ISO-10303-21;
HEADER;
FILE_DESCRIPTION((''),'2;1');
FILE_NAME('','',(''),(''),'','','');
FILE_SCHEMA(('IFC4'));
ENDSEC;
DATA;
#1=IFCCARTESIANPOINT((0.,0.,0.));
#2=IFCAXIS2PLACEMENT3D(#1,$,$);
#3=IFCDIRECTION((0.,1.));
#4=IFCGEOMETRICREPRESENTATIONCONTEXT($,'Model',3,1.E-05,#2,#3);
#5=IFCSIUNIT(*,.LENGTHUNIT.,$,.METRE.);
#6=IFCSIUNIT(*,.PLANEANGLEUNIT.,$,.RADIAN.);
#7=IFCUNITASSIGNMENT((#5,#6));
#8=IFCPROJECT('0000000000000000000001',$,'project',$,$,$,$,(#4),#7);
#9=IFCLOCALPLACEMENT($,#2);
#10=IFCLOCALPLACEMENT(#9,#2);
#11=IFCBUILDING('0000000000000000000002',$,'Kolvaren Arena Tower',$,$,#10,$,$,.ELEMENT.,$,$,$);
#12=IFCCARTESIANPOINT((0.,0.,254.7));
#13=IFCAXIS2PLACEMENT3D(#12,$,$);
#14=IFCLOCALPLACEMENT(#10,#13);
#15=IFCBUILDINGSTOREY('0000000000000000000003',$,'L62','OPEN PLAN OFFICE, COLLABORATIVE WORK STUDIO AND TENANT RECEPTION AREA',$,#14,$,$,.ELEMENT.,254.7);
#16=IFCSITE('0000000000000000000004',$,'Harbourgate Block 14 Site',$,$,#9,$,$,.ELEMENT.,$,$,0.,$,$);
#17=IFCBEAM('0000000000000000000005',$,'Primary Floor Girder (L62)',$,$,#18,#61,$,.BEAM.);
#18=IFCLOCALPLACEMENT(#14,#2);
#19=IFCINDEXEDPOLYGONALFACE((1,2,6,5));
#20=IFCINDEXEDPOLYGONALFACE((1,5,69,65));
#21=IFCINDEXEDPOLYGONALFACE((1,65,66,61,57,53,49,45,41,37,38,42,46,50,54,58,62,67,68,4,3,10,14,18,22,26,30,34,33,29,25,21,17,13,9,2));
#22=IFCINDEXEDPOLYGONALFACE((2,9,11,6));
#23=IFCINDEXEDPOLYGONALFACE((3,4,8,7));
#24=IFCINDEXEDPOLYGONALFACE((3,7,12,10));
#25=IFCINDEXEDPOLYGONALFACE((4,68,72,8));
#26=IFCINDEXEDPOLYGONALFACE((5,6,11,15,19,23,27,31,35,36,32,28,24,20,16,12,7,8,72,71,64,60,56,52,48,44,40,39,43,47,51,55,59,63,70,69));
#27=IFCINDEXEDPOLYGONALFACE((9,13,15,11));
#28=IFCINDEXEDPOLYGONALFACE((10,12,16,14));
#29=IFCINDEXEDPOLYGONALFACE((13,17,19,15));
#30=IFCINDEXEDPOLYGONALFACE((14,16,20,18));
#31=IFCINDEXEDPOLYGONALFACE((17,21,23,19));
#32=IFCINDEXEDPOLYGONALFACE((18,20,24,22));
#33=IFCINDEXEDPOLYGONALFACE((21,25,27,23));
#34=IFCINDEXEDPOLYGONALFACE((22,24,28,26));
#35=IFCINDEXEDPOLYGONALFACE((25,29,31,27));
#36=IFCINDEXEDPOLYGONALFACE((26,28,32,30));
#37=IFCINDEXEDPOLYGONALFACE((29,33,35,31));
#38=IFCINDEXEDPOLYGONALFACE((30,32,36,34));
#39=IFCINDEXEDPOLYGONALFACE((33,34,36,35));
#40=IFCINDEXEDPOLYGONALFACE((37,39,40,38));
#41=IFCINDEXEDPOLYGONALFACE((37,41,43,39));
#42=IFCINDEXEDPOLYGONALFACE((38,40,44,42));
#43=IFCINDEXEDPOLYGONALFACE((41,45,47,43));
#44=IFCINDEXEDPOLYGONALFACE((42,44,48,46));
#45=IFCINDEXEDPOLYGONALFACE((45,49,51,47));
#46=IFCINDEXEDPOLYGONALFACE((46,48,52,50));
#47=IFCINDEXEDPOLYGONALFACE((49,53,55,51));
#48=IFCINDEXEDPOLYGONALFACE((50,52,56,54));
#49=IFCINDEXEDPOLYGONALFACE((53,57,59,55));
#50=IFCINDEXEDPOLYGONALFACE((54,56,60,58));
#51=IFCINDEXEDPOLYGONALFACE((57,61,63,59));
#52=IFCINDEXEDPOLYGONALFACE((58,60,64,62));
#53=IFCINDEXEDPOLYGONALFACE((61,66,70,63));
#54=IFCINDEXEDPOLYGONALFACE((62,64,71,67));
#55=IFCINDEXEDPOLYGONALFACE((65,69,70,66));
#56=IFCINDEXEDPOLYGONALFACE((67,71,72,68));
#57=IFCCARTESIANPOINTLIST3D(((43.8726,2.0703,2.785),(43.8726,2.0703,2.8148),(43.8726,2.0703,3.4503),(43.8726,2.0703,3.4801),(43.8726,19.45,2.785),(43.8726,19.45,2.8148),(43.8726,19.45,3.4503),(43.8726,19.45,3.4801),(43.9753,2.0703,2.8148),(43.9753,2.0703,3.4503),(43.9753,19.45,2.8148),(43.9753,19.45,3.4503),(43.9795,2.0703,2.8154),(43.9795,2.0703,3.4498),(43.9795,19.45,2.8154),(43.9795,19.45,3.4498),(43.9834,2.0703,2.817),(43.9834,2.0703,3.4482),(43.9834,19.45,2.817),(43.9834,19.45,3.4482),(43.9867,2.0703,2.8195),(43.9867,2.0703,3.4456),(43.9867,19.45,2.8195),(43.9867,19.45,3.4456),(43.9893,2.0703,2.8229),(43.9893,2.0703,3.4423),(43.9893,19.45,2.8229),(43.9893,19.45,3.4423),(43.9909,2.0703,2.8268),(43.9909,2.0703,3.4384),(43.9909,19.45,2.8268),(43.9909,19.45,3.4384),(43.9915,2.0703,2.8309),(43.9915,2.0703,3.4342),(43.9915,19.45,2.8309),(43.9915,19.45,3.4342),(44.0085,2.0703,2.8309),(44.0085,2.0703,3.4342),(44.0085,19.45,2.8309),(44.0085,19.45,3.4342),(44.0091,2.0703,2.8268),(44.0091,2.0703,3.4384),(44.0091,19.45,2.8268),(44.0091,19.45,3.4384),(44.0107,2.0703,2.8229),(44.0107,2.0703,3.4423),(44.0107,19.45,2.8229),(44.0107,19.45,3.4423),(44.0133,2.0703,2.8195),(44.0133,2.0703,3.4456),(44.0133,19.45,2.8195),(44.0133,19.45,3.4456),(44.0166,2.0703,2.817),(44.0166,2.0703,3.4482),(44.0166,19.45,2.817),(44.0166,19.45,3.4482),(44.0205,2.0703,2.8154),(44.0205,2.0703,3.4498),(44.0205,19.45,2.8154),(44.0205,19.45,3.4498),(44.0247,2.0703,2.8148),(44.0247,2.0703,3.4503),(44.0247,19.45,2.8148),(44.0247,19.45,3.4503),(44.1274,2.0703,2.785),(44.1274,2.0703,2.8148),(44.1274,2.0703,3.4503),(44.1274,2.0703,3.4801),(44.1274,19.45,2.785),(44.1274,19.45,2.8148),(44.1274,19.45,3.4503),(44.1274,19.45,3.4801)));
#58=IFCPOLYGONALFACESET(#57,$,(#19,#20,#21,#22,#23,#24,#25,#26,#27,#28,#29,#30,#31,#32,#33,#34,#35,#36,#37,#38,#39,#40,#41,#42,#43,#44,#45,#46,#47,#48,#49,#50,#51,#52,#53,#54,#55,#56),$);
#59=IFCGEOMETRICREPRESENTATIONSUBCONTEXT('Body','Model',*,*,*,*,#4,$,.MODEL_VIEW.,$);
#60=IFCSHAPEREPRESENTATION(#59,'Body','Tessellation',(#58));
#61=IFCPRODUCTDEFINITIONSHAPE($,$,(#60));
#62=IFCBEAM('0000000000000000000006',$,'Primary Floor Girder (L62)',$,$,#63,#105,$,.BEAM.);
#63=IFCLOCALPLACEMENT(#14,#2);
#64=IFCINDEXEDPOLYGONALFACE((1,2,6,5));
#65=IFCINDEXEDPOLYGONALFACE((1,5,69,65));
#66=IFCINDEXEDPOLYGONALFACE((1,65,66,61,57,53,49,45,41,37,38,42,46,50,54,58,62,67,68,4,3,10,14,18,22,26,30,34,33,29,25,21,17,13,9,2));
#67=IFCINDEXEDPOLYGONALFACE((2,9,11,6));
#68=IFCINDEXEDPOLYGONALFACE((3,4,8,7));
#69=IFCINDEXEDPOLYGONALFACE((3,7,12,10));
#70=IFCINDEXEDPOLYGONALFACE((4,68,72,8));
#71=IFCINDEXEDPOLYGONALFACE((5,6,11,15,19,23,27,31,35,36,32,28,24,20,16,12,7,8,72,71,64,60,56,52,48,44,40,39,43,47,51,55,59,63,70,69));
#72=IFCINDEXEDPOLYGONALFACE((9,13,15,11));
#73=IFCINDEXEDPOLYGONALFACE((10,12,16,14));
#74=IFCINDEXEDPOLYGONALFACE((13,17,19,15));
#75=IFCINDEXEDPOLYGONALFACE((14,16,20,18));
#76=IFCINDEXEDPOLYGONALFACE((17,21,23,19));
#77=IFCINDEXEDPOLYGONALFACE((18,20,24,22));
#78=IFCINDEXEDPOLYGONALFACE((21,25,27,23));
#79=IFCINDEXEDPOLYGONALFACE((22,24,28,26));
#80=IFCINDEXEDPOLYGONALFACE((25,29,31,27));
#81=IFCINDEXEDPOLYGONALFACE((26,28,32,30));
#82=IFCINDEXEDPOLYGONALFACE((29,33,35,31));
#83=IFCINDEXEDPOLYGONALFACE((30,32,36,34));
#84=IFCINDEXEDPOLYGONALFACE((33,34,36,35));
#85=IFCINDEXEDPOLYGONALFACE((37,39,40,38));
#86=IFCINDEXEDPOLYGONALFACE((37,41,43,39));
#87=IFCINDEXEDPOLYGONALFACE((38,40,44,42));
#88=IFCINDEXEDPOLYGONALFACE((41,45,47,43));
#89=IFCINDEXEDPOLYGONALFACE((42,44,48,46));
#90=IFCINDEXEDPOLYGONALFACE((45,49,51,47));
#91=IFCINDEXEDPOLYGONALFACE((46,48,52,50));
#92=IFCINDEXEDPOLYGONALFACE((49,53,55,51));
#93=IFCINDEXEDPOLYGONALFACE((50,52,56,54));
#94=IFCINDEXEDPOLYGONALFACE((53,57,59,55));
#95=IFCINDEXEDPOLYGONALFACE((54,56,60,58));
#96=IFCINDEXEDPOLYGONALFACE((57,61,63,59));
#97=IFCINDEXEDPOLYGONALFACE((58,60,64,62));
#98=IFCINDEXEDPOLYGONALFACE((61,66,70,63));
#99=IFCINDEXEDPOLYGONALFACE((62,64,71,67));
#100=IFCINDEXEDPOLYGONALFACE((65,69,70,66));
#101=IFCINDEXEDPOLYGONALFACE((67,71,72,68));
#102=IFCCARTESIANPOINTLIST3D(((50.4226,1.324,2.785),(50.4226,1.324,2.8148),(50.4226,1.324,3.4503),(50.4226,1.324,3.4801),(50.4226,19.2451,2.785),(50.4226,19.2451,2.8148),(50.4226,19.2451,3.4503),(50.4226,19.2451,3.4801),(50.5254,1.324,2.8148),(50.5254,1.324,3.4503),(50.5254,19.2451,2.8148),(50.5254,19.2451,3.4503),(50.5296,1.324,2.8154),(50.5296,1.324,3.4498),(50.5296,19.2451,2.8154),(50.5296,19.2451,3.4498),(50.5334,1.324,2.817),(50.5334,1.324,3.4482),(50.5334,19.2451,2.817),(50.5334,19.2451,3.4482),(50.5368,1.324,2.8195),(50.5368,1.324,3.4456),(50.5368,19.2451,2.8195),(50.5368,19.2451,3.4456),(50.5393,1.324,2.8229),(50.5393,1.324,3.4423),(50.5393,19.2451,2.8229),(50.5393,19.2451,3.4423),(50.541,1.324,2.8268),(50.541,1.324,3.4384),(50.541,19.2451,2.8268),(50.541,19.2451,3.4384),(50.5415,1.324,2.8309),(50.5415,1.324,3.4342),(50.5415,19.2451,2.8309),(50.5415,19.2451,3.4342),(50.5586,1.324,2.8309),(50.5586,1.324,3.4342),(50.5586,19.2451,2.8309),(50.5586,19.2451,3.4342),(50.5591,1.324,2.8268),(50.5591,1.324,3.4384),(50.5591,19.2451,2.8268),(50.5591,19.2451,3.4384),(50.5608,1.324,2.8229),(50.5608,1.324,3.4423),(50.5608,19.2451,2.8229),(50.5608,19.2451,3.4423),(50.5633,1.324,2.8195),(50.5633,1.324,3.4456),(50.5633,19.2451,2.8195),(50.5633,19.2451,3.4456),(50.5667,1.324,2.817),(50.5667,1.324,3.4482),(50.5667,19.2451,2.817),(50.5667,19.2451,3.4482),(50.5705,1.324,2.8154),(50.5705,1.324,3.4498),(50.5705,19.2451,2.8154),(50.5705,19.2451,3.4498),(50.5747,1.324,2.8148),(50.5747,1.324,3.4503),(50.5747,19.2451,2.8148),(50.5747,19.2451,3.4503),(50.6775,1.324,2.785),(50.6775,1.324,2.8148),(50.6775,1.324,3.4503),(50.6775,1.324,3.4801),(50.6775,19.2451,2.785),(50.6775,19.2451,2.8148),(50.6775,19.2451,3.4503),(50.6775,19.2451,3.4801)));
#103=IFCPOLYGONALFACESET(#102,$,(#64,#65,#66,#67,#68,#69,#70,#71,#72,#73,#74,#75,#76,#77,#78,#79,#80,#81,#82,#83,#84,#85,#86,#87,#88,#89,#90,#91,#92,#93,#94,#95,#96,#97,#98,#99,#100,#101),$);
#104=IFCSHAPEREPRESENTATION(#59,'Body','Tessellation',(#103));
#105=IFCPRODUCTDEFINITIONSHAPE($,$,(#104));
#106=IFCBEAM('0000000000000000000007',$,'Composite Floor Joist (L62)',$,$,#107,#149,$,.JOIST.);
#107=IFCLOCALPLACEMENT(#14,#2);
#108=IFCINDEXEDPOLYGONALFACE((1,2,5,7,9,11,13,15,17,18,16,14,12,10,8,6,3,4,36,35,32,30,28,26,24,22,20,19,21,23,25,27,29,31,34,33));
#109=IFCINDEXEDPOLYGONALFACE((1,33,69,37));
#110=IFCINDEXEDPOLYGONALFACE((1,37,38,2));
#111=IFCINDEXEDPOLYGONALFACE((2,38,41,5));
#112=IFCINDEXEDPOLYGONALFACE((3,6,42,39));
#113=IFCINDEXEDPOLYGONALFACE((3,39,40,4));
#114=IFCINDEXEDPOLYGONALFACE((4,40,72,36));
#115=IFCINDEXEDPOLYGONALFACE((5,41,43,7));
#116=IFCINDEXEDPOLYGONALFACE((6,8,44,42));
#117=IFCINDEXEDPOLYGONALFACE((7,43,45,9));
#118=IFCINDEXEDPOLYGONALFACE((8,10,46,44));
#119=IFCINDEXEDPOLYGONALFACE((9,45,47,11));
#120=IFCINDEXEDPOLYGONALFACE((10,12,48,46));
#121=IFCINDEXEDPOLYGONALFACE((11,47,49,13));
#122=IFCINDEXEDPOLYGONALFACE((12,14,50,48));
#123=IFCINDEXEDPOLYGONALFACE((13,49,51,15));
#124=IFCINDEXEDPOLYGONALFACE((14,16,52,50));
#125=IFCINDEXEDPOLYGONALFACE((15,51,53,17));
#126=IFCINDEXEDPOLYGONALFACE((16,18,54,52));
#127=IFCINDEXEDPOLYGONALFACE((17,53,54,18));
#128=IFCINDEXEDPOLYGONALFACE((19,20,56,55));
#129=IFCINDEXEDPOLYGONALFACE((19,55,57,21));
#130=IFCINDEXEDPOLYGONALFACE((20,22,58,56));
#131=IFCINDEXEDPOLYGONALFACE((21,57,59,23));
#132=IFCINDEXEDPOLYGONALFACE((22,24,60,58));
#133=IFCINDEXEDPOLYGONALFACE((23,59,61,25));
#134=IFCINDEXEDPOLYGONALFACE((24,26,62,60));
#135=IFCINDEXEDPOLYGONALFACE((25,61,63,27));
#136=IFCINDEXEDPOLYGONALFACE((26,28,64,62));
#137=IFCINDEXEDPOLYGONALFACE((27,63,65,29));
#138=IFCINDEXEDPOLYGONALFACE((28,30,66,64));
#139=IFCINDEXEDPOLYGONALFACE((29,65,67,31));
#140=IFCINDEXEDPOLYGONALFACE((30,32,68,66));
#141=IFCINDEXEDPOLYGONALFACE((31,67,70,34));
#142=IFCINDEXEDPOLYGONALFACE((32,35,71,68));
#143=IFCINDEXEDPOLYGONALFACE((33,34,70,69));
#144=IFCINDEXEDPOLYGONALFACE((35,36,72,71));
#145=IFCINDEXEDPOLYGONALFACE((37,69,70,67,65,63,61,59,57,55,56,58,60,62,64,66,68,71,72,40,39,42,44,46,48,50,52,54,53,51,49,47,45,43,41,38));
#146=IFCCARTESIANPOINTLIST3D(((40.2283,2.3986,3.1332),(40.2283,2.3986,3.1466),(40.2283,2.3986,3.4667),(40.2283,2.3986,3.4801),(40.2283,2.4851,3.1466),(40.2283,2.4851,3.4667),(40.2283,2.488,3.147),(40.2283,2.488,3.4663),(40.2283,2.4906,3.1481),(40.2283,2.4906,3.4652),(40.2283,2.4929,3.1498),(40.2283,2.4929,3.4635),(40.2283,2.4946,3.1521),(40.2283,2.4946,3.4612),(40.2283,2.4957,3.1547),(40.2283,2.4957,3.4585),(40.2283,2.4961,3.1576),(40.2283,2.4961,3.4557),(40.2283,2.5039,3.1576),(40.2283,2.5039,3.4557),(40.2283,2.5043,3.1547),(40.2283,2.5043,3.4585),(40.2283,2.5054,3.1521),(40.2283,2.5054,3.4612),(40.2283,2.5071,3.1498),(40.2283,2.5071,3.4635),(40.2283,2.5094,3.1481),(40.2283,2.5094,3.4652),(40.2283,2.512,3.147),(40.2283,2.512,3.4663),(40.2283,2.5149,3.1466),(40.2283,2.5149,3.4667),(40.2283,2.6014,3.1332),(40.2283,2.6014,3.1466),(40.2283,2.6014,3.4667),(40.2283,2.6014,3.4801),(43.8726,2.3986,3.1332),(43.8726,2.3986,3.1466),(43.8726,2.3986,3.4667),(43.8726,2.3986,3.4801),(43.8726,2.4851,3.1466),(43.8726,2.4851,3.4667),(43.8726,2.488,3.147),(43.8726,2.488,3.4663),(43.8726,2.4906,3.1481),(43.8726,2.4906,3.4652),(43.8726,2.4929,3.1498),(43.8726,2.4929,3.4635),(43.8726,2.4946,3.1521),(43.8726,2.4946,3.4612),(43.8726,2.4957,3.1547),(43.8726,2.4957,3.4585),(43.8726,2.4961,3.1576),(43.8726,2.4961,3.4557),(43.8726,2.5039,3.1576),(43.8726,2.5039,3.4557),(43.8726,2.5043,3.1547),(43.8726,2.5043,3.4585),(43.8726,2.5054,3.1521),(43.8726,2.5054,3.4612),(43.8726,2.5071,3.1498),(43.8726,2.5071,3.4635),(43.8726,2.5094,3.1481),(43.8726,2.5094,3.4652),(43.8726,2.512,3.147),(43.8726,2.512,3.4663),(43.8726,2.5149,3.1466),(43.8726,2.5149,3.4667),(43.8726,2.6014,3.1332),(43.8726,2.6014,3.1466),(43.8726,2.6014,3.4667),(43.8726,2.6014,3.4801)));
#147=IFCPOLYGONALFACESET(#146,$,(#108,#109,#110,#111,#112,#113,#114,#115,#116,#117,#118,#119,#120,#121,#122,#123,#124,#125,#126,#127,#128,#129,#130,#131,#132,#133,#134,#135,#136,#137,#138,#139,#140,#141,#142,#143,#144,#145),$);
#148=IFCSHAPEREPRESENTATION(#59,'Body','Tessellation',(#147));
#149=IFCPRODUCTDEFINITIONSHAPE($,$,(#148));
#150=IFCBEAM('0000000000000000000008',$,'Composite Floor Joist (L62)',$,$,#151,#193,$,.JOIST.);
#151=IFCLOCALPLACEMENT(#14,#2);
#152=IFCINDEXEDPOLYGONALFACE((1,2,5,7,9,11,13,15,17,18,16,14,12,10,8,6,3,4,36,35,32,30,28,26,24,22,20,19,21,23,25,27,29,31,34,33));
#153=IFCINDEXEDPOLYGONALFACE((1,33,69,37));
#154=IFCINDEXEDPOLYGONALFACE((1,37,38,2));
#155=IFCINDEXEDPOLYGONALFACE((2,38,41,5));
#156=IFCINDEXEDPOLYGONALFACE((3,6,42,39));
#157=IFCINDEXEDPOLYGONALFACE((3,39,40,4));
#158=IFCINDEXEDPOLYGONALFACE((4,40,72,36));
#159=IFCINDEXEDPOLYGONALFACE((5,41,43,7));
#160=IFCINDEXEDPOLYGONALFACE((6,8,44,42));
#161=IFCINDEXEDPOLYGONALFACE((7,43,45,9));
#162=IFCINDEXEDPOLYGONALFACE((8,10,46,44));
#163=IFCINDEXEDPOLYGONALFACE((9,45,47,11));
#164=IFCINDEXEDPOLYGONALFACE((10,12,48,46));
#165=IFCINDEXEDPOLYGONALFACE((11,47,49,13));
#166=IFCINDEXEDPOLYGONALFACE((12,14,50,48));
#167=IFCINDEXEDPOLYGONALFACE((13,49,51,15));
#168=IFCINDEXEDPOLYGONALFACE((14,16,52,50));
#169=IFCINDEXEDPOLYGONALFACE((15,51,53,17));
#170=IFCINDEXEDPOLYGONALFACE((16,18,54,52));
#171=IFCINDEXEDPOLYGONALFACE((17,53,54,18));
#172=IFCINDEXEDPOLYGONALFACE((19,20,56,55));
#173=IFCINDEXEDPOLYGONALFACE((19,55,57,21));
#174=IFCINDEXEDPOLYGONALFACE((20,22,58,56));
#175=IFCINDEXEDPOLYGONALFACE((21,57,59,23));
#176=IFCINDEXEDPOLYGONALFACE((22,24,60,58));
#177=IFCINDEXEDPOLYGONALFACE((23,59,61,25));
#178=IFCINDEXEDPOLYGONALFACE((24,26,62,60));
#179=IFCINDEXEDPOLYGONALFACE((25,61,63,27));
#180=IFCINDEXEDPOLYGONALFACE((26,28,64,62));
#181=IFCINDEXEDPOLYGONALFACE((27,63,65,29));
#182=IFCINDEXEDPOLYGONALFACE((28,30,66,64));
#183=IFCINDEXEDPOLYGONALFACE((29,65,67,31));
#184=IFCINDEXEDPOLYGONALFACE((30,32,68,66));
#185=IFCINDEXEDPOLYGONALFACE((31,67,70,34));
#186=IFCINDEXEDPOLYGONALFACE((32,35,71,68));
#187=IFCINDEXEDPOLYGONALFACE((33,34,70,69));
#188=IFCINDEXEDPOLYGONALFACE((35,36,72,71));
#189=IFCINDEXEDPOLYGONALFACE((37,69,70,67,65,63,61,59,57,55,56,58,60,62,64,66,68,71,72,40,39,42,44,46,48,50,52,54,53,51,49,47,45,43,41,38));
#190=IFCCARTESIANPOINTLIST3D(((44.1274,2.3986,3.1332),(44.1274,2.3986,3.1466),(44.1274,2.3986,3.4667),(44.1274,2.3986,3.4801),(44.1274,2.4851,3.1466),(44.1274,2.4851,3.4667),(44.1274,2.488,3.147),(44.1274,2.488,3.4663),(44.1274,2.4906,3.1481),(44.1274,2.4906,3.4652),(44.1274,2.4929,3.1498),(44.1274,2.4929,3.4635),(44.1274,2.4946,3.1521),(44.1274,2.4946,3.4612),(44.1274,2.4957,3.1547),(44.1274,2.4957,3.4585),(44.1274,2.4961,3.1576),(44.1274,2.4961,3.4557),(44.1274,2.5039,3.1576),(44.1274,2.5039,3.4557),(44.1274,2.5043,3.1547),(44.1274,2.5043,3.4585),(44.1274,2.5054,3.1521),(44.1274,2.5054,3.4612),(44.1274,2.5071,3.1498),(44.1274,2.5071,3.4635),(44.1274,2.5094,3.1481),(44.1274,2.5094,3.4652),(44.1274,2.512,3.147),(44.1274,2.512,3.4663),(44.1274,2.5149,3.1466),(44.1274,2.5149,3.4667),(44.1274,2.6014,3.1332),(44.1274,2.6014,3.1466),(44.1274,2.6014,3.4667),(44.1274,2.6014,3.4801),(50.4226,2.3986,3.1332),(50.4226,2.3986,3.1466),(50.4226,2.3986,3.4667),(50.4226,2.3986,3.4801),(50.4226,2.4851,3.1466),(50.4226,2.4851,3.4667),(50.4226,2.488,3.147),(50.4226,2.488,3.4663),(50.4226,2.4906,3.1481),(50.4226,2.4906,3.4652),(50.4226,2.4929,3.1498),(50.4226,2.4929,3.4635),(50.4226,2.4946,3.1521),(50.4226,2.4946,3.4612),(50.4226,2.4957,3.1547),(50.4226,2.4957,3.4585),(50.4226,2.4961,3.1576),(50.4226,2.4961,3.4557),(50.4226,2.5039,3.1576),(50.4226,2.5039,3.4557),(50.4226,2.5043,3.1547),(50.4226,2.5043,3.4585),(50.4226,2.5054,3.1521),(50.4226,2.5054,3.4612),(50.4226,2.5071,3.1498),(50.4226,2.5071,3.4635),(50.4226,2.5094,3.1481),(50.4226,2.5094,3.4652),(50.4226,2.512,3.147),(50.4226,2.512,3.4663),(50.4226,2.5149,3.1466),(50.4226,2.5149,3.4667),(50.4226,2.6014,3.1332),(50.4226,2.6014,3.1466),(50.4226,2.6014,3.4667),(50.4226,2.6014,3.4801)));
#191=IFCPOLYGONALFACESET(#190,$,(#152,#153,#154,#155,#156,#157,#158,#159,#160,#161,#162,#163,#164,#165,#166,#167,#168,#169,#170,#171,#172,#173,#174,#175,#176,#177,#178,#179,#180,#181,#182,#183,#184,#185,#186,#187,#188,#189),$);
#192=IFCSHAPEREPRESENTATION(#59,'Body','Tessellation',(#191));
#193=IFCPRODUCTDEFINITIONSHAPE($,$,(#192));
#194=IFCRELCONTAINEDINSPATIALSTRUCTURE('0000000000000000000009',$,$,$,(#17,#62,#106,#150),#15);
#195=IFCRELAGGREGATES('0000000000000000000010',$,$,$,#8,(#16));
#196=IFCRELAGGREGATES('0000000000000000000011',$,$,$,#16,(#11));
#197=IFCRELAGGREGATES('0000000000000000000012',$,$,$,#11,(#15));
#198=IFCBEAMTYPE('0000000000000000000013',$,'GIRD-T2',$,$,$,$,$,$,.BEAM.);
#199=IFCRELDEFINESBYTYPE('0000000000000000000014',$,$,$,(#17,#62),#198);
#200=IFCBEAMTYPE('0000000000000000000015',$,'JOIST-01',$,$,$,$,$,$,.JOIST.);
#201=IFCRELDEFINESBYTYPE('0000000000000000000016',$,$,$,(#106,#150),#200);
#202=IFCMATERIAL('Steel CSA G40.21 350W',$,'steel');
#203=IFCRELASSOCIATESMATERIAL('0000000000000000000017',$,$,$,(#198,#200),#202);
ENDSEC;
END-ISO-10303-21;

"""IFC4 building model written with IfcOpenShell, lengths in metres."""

from ifc_helpers import new_model, si_unit, direction, frame, origin, origin_2d, place, context, subcontext, project, spatial, i_section, extrude, material, material_profile, profile_set, type_object, element, save


model = new_model("IFC4")

# Units and contexts
model_context = context("Model", 3, precision=1e-05, world=origin(), true_north=direction((0.0, 1.0)))
body_context = subcontext(model_context, "Body", "Model", "MODEL_VIEW")
ifc_project = project(units=[si_unit("LENGTHUNIT", "METRE"), si_unit("PLANEANGLEUNIT", "RADIAN")], contexts=[model_context])

# Site, building, storey
site_placement = place(None, origin())
site = spatial("IfcSite", under=ifc_project, at=site_placement, Name="Harbourgate Block 14 Site", CompositionType="ELEMENT", RefElevation=0.0)
building_placement = place(site_placement, origin())
building = spatial("IfcBuilding", under=site, at=building_placement, Name="Kolvaren Arena Tower", CompositionType="ELEMENT")
storey_placement = place(building_placement, frame((0.0, 0.0, 254.7)))
storey = spatial("IfcBuildingStorey", under=building, at=storey_placement, Name="L62", Description="OPEN PLAN OFFICE, COLLABORATIVE WORK STUDIO AND TENANT RECEPTION AREA", CompositionType="ELEMENT", Elevation=254.7)

# Beams
ifc_material_1 = material(Name="Steel CSA G40.21 350W", Category="steel")
ifc_material_profile_1 = material_profile(ifc_material_1, i_section(OverallWidth=0.2549, OverallDepth=0.6951, WebThickness=0.0171, FlangeThickness=0.0298, FilletRadius=0.0161, at=origin_2d()), Name="W690x217")
ifc_profile_set_1 = profile_set([ifc_material_profile_1], Name="Steel CSA G40.21 350W")
beam_type_1 = type_object("IfcBeamType", Name="GIRD-T2", PredefinedType="BEAM", material=ifc_profile_set_1)
beam_1_placement = place(storey_placement, frame((44.0, 2.0703, 3.1326), z_axis=(0.0, 1.0, 0.0), x_axis=(-1.0, 0.0, 0.0)))
element("IfcBeam", 1, at=beam_1_placement, inside=storey, type_object=beam_type_1, Name="Primary Floor Girder (L62)", PredefinedType="BEAM", context=body_context, shape_type="SweptSolid", body=[
    extrude(i_section(OverallWidth=0.2549, OverallDepth=0.6951, WebThickness=0.0171, FlangeThickness=0.0298, FilletRadius=0.0161, at=origin_2d()), origin(), (0.0, 0.0, 1.0), 17.3796),
])
beam_2_placement = place(storey_placement, frame((50.55, 1.324, 3.1326), z_axis=(0.0, 1.0, 0.0), x_axis=(-1.0, 0.0, 0.0)))
element("IfcBeam", 2, at=beam_2_placement, inside=storey, type_object=beam_type_1, Name="Primary Floor Girder (L62)", PredefinedType="BEAM", context=body_context, shape_type="SweptSolid", body=[
    extrude(i_section(OverallWidth=0.2549, OverallDepth=0.6951, WebThickness=0.0171, FlangeThickness=0.0298, FilletRadius=0.0161, at=origin_2d()), origin(), (0.0, 0.0, 1.0), 17.9211),
])
ifc_material_profile_2 = material_profile(ifc_material_1, i_section(OverallWidth=0.2029, OverallDepth=0.3469, WebThickness=0.0078, FlangeThickness=0.0134, FilletRadius=0.011, at=origin_2d()), Name="W360x64")
ifc_profile_set_2 = profile_set([ifc_material_profile_2], Name="Steel CSA G40.21 350W")
beam_type_2 = type_object("IfcBeamType", Name="JOIST-01", PredefinedType="JOIST", material=ifc_profile_set_2)
beam_3_placement = place(storey_placement, frame((40.2283, 2.5, 3.3066), z_axis=(1.0, 0.0, 0.0), x_axis=(0.0, 1.0, 0.0)))
element("IfcBeam", 3, at=beam_3_placement, inside=storey, type_object=beam_type_2, Name="Composite Floor Joist (L62)", PredefinedType="JOIST", context=body_context, shape_type="SweptSolid", body=[
    extrude(i_section(OverallWidth=0.2029, OverallDepth=0.3469, WebThickness=0.0078, FlangeThickness=0.0134, FilletRadius=0.011, at=origin_2d()), origin(), (0.0, 0.0, 1.0), 3.6443),
])
for number, where, z_axis, x_axis, name in (
    (4, (44.1274, 2.5, 3.3066), (1.0, 0.0, 0.0), (0.0, 1.0, 0.0), "Composite Floor Joist (L62)"),
):
    element("IfcBeam", number, at=place(storey_placement, frame(where, z_axis=z_axis, x_axis=x_axis)), inside=storey, type_object=beam_type_2, Name=name, PredefinedType="JOIST", context=body_context, shape_type="SweptSolid", body=[
        extrude(i_section(OverallWidth=0.2029, OverallDepth=0.3469, WebThickness=0.0078, FlangeThickness=0.0134, FilletRadius=0.011, at=origin_2d()), origin(), (0.0, 0.0, 1.0), 6.2952),
    ])

save(model, "model.ifc")
